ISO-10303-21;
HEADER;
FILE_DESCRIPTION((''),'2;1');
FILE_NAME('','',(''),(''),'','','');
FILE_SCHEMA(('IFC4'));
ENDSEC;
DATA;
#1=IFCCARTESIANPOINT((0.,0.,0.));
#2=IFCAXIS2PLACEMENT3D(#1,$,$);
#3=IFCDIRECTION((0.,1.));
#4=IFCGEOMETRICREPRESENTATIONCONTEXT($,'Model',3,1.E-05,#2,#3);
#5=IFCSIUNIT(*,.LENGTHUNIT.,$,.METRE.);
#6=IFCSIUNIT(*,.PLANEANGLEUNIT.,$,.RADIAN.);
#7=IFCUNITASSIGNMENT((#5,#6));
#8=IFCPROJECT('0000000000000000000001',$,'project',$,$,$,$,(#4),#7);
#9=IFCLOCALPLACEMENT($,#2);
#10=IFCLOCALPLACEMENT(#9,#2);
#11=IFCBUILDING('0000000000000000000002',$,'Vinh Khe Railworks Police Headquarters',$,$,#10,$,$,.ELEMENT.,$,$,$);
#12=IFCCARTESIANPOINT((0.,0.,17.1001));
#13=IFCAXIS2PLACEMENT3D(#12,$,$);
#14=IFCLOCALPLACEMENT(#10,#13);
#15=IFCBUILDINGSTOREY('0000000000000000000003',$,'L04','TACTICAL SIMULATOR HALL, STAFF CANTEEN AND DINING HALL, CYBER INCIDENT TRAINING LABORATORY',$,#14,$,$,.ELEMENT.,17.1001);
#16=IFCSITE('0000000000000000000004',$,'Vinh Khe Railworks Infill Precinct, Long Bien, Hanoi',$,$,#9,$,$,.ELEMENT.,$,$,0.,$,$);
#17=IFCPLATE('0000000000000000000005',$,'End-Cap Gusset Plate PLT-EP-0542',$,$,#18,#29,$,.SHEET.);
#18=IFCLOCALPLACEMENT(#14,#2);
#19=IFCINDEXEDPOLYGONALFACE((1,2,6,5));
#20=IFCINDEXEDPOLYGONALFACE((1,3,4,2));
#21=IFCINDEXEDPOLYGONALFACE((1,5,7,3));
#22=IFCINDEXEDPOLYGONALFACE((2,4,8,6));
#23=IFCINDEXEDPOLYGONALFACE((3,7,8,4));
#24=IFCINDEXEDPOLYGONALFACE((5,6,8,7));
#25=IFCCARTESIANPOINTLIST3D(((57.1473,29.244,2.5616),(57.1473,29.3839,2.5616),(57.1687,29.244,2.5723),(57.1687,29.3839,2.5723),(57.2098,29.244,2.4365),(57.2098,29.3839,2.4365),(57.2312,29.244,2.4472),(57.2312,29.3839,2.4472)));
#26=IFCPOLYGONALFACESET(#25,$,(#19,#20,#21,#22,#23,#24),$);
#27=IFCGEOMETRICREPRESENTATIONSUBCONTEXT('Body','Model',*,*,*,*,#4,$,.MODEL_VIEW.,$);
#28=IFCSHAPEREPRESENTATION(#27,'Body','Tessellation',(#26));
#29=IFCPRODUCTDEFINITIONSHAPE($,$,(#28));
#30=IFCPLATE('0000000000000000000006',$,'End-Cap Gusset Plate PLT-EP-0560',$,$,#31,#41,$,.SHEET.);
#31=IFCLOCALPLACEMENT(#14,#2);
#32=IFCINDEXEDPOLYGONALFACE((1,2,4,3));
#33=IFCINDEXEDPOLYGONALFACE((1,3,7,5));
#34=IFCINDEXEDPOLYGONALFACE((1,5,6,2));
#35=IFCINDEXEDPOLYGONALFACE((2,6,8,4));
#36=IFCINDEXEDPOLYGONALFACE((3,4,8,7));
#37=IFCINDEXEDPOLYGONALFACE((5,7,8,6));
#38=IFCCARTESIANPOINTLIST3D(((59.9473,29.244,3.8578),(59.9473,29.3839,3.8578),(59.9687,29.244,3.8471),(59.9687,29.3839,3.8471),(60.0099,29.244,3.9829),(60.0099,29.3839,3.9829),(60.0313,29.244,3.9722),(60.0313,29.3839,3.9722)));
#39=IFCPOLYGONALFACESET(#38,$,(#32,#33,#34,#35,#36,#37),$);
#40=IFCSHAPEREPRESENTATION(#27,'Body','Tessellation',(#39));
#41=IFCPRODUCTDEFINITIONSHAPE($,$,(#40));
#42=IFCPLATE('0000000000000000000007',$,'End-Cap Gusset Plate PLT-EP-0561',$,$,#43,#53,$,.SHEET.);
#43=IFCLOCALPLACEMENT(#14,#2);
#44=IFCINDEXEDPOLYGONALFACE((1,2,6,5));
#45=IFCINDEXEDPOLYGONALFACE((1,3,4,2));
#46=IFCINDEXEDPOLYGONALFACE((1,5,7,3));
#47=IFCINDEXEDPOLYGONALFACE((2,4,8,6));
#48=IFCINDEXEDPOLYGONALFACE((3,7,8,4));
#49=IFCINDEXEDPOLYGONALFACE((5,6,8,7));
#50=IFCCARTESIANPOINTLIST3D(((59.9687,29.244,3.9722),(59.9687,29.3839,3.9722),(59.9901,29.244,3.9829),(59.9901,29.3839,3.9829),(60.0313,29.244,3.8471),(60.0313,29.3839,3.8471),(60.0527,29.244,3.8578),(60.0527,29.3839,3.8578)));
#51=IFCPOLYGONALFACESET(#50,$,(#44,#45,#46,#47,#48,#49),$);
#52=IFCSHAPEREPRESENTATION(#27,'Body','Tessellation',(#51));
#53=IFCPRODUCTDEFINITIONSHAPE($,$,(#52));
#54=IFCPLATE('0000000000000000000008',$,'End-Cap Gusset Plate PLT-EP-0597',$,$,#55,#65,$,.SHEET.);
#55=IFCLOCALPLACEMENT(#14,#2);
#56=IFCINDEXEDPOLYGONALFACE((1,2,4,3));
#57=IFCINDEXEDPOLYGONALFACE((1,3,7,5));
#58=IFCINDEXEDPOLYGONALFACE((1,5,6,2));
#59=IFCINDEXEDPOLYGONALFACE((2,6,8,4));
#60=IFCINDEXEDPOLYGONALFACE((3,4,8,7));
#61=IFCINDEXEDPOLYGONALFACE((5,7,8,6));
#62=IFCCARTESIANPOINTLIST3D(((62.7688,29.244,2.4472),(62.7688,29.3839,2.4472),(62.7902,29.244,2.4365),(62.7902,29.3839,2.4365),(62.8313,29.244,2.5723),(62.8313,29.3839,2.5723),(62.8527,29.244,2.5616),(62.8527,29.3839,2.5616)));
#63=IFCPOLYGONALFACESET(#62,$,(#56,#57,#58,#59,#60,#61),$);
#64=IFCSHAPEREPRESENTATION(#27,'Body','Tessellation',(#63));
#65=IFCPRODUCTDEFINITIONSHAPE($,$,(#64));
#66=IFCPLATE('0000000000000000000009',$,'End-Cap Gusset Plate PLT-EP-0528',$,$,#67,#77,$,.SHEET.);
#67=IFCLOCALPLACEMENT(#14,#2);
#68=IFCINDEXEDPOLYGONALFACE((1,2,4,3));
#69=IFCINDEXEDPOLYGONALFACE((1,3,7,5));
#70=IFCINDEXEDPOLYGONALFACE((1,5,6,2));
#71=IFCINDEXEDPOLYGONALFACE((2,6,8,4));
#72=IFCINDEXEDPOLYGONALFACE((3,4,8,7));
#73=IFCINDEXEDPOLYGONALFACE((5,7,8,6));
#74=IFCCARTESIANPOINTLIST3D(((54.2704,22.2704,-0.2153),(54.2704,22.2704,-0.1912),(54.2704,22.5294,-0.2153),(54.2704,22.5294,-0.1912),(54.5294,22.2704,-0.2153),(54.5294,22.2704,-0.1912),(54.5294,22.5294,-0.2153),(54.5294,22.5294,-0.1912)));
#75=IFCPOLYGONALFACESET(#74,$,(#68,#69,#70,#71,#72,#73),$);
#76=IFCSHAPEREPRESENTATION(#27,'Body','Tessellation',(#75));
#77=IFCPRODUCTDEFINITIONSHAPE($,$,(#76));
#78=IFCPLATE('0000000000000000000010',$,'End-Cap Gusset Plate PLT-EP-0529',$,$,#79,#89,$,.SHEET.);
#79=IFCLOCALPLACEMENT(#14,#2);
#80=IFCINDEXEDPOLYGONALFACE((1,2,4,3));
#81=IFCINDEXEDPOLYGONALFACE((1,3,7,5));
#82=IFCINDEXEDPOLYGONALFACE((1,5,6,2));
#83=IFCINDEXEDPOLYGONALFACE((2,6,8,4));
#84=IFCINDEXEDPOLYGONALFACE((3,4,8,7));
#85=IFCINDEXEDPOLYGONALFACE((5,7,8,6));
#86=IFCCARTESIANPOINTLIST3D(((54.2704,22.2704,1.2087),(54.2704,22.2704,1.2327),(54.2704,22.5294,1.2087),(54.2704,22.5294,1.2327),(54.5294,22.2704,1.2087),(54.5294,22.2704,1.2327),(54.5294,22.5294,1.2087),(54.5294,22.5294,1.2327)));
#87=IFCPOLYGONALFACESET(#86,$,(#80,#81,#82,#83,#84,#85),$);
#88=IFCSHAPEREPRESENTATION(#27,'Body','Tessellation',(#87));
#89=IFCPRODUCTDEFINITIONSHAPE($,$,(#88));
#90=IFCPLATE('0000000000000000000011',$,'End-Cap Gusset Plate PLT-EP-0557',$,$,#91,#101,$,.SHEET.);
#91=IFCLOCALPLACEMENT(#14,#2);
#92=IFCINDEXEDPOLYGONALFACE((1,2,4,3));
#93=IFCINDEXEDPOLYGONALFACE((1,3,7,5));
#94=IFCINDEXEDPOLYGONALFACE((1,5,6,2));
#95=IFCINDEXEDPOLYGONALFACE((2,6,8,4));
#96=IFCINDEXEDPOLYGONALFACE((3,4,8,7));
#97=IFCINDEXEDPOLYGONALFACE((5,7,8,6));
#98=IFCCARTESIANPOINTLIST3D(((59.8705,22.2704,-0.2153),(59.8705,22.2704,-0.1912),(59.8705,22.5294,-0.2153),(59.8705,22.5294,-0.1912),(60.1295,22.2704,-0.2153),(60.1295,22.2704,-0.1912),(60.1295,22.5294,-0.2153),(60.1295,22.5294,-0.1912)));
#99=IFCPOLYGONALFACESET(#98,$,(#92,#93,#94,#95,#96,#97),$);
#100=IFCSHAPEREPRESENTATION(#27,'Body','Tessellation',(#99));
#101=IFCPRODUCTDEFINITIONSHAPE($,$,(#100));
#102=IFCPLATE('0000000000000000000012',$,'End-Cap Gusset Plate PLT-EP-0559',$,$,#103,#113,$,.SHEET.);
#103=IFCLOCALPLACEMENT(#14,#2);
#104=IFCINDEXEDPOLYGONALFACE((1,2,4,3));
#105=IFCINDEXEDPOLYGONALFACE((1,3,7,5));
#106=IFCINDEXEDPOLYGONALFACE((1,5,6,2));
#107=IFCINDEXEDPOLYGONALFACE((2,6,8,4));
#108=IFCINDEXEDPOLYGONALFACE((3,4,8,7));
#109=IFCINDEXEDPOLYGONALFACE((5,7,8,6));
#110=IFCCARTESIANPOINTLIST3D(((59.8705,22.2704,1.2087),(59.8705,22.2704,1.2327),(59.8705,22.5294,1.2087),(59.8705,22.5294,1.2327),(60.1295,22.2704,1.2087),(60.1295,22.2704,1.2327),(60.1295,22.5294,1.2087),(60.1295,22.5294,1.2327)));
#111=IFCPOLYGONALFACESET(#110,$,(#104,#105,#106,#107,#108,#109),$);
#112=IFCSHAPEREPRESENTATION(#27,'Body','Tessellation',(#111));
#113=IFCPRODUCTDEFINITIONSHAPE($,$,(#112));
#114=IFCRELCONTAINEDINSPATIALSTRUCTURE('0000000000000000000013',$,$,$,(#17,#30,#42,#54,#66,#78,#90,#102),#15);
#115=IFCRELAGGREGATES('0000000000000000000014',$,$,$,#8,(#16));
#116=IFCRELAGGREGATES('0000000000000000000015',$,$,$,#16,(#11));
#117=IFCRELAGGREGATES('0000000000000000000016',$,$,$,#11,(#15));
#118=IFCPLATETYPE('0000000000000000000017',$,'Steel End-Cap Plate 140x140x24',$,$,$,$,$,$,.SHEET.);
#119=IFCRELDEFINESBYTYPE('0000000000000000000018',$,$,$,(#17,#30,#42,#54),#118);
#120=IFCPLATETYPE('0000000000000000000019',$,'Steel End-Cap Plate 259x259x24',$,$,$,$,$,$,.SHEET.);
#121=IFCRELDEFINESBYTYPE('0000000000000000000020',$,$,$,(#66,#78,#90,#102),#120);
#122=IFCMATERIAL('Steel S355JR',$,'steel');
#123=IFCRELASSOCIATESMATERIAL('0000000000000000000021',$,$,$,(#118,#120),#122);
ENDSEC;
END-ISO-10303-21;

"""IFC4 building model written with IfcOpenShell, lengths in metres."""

from ifc_helpers import new_model, si_unit, direction, frame, origin, origin_2d, place, context, subcontext, project, spatial, rectangle, extrude, material, material_profile, profile_set, type_object, element, save


model = new_model("IFC4")

# Units and contexts
model_context = context("Model", 3, precision=1e-05, world=origin(), true_north=direction((0.0, 1.0)))
body_context = subcontext(model_context, "Body", "Model", "MODEL_VIEW")
ifc_project = project(units=[si_unit("LENGTHUNIT", "METRE"), si_unit("PLANEANGLEUNIT", "RADIAN")], contexts=[model_context])

# Site, building, storey
site_placement = place(None, origin())
site = spatial("IfcSite", under=ifc_project, at=site_placement, Name="Vinh Khe Railworks Infill Precinct, Long Bien, Hanoi", CompositionType="ELEMENT", RefElevation=0.0)
building_placement = place(site_placement, origin())
building = spatial("IfcBuilding", under=site, at=building_placement, Name="Vinh Khe Railworks Police Headquarters", CompositionType="ELEMENT")
storey_placement = place(building_placement, frame((0.0, 0.0, 17.1001)))
storey = spatial("IfcBuildingStorey", under=building, at=storey_placement, Name="L04", Description="TACTICAL SIMULATOR HALL, STAFF CANTEEN AND DINING HALL, CYBER INCIDENT TRAINING LABORATORY", CompositionType="ELEMENT", Elevation=17.1001)

# Shared definitions
ifc_material_1 = material(Name="Steel S355JR", Category="steel")

# Plates
ifc_material_profile_1 = material_profile(ifc_material_1, rectangle(XDim=0.1399, YDim=0.1399, at=origin_2d()), Name="PL 140x140")
ifc_profile_set_1 = profile_set([ifc_material_profile_1], Name="Steel S355JR")
plate_type_1 = type_object("IfcPlateType", Name="Steel End-Cap Plate 140x140x24", PredefinedType="SHEET", material=ifc_profile_set_1)
for number, where, z_axis, x_axis, name in (
    (1, (57.2, 29.314, 2.5098), (-0.894427, 0.0, -0.447214), (0.0, -1.0, 0.0), "End-Cap Gusset Plate PLT-EP-0542"),
    (2, (60.0, 29.314, 3.9097), (-0.894427, 0.0, 0.447214), (0.0, -1.0, 0.0), "End-Cap Gusset Plate PLT-EP-0560"),
    (3, (60.0, 29.314, 3.9097), (0.894427, 0.0, 0.447214), (0.0, 1.0, 0.0), "End-Cap Gusset Plate PLT-EP-0561"),
    (4, (62.8, 29.314, 2.5098), (0.894427, 0.0, -0.447214), (0.0, 1.0, 0.0), "End-Cap Gusset Plate PLT-EP-0597"),
):
    element("IfcPlate", number, at=place(storey_placement, frame(where, z_axis=z_axis, x_axis=x_axis)), inside=storey, type_object=plate_type_1, Name=name, PredefinedType="SHEET", context=body_context, shape_type="SweptSolid", body=[
        extrude(rectangle(XDim=0.1399, YDim=0.1399, at=origin_2d()), origin(), (0.0, 0.0, 1.0), 0.0239),
    ])
ifc_material_profile_2 = material_profile(ifc_material_1, rectangle(XDim=0.259, YDim=0.259, at=origin_2d()), Name="PL 259x259")
ifc_profile_set_2 = profile_set([ifc_material_profile_2], Name="Steel S355JR")
plate_type_2 = type_object("IfcPlateType", Name="Steel End-Cap Plate 259x259x24", PredefinedType="SHEET", material=ifc_profile_set_2)
plate_1_placement = place(storey_placement, frame((54.3999, 22.3999, -0.1912), z_axis=(0.0, 0.0, -1.0), x_axis=(1.0, 0.0, 0.0)))
element("IfcPlate", 5, at=plate_1_placement, inside=storey, type_object=plate_type_2, Name="End-Cap Gusset Plate PLT-EP-0528", PredefinedType="SHEET", context=body_context, shape_type="SweptSolid", body=[
    extrude(rectangle(XDim=0.259, YDim=0.259, at=origin_2d()), origin(), (0.0, 0.0, 1.0), 0.0242),
])
plate_2_placement = place(storey_placement, frame((54.3999, 22.3999, 1.2087), z_axis=(0.0, 0.0, 1.0), x_axis=(1.0, 0.0, 0.0)))
element("IfcPlate", 6, at=plate_2_placement, inside=storey, type_object=plate_type_2, Name="End-Cap Gusset Plate PLT-EP-0529", PredefinedType="SHEET", context=body_context, shape_type="SweptSolid", body=[
    extrude(rectangle(XDim=0.259, YDim=0.259, at=origin_2d()), origin(), (0.0, 0.0, 1.0), 0.0239),
])
plate_3_placement = place(storey_placement, frame((60.0, 22.3999, -0.1912), z_axis=(0.0, 0.0, -1.0), x_axis=(1.0, 0.0, 0.0)))
element("IfcPlate", 7, at=plate_3_placement, inside=storey, type_object=plate_type_2, Name="End-Cap Gusset Plate PLT-EP-0557", PredefinedType="SHEET", context=body_context, shape_type="SweptSolid", body=[
    extrude(rectangle(XDim=0.259, YDim=0.259, at=origin_2d()), origin(), (0.0, 0.0, 1.0), 0.0242),
])
plate_4_placement = place(storey_placement, frame((60.0, 22.3999, 1.2087), z_axis=(0.0, 0.0, 1.0), x_axis=(1.0, 0.0, 0.0)))
element("IfcPlate", 8, at=plate_4_placement, inside=storey, type_object=plate_type_2, Name="End-Cap Gusset Plate PLT-EP-0559", PredefinedType="SHEET", context=body_context, shape_type="SweptSolid", body=[
    extrude(rectangle(XDim=0.259, YDim=0.259, at=origin_2d()), origin(), (0.0, 0.0, 1.0), 0.0239),
])

save(model, "model.ifc")
